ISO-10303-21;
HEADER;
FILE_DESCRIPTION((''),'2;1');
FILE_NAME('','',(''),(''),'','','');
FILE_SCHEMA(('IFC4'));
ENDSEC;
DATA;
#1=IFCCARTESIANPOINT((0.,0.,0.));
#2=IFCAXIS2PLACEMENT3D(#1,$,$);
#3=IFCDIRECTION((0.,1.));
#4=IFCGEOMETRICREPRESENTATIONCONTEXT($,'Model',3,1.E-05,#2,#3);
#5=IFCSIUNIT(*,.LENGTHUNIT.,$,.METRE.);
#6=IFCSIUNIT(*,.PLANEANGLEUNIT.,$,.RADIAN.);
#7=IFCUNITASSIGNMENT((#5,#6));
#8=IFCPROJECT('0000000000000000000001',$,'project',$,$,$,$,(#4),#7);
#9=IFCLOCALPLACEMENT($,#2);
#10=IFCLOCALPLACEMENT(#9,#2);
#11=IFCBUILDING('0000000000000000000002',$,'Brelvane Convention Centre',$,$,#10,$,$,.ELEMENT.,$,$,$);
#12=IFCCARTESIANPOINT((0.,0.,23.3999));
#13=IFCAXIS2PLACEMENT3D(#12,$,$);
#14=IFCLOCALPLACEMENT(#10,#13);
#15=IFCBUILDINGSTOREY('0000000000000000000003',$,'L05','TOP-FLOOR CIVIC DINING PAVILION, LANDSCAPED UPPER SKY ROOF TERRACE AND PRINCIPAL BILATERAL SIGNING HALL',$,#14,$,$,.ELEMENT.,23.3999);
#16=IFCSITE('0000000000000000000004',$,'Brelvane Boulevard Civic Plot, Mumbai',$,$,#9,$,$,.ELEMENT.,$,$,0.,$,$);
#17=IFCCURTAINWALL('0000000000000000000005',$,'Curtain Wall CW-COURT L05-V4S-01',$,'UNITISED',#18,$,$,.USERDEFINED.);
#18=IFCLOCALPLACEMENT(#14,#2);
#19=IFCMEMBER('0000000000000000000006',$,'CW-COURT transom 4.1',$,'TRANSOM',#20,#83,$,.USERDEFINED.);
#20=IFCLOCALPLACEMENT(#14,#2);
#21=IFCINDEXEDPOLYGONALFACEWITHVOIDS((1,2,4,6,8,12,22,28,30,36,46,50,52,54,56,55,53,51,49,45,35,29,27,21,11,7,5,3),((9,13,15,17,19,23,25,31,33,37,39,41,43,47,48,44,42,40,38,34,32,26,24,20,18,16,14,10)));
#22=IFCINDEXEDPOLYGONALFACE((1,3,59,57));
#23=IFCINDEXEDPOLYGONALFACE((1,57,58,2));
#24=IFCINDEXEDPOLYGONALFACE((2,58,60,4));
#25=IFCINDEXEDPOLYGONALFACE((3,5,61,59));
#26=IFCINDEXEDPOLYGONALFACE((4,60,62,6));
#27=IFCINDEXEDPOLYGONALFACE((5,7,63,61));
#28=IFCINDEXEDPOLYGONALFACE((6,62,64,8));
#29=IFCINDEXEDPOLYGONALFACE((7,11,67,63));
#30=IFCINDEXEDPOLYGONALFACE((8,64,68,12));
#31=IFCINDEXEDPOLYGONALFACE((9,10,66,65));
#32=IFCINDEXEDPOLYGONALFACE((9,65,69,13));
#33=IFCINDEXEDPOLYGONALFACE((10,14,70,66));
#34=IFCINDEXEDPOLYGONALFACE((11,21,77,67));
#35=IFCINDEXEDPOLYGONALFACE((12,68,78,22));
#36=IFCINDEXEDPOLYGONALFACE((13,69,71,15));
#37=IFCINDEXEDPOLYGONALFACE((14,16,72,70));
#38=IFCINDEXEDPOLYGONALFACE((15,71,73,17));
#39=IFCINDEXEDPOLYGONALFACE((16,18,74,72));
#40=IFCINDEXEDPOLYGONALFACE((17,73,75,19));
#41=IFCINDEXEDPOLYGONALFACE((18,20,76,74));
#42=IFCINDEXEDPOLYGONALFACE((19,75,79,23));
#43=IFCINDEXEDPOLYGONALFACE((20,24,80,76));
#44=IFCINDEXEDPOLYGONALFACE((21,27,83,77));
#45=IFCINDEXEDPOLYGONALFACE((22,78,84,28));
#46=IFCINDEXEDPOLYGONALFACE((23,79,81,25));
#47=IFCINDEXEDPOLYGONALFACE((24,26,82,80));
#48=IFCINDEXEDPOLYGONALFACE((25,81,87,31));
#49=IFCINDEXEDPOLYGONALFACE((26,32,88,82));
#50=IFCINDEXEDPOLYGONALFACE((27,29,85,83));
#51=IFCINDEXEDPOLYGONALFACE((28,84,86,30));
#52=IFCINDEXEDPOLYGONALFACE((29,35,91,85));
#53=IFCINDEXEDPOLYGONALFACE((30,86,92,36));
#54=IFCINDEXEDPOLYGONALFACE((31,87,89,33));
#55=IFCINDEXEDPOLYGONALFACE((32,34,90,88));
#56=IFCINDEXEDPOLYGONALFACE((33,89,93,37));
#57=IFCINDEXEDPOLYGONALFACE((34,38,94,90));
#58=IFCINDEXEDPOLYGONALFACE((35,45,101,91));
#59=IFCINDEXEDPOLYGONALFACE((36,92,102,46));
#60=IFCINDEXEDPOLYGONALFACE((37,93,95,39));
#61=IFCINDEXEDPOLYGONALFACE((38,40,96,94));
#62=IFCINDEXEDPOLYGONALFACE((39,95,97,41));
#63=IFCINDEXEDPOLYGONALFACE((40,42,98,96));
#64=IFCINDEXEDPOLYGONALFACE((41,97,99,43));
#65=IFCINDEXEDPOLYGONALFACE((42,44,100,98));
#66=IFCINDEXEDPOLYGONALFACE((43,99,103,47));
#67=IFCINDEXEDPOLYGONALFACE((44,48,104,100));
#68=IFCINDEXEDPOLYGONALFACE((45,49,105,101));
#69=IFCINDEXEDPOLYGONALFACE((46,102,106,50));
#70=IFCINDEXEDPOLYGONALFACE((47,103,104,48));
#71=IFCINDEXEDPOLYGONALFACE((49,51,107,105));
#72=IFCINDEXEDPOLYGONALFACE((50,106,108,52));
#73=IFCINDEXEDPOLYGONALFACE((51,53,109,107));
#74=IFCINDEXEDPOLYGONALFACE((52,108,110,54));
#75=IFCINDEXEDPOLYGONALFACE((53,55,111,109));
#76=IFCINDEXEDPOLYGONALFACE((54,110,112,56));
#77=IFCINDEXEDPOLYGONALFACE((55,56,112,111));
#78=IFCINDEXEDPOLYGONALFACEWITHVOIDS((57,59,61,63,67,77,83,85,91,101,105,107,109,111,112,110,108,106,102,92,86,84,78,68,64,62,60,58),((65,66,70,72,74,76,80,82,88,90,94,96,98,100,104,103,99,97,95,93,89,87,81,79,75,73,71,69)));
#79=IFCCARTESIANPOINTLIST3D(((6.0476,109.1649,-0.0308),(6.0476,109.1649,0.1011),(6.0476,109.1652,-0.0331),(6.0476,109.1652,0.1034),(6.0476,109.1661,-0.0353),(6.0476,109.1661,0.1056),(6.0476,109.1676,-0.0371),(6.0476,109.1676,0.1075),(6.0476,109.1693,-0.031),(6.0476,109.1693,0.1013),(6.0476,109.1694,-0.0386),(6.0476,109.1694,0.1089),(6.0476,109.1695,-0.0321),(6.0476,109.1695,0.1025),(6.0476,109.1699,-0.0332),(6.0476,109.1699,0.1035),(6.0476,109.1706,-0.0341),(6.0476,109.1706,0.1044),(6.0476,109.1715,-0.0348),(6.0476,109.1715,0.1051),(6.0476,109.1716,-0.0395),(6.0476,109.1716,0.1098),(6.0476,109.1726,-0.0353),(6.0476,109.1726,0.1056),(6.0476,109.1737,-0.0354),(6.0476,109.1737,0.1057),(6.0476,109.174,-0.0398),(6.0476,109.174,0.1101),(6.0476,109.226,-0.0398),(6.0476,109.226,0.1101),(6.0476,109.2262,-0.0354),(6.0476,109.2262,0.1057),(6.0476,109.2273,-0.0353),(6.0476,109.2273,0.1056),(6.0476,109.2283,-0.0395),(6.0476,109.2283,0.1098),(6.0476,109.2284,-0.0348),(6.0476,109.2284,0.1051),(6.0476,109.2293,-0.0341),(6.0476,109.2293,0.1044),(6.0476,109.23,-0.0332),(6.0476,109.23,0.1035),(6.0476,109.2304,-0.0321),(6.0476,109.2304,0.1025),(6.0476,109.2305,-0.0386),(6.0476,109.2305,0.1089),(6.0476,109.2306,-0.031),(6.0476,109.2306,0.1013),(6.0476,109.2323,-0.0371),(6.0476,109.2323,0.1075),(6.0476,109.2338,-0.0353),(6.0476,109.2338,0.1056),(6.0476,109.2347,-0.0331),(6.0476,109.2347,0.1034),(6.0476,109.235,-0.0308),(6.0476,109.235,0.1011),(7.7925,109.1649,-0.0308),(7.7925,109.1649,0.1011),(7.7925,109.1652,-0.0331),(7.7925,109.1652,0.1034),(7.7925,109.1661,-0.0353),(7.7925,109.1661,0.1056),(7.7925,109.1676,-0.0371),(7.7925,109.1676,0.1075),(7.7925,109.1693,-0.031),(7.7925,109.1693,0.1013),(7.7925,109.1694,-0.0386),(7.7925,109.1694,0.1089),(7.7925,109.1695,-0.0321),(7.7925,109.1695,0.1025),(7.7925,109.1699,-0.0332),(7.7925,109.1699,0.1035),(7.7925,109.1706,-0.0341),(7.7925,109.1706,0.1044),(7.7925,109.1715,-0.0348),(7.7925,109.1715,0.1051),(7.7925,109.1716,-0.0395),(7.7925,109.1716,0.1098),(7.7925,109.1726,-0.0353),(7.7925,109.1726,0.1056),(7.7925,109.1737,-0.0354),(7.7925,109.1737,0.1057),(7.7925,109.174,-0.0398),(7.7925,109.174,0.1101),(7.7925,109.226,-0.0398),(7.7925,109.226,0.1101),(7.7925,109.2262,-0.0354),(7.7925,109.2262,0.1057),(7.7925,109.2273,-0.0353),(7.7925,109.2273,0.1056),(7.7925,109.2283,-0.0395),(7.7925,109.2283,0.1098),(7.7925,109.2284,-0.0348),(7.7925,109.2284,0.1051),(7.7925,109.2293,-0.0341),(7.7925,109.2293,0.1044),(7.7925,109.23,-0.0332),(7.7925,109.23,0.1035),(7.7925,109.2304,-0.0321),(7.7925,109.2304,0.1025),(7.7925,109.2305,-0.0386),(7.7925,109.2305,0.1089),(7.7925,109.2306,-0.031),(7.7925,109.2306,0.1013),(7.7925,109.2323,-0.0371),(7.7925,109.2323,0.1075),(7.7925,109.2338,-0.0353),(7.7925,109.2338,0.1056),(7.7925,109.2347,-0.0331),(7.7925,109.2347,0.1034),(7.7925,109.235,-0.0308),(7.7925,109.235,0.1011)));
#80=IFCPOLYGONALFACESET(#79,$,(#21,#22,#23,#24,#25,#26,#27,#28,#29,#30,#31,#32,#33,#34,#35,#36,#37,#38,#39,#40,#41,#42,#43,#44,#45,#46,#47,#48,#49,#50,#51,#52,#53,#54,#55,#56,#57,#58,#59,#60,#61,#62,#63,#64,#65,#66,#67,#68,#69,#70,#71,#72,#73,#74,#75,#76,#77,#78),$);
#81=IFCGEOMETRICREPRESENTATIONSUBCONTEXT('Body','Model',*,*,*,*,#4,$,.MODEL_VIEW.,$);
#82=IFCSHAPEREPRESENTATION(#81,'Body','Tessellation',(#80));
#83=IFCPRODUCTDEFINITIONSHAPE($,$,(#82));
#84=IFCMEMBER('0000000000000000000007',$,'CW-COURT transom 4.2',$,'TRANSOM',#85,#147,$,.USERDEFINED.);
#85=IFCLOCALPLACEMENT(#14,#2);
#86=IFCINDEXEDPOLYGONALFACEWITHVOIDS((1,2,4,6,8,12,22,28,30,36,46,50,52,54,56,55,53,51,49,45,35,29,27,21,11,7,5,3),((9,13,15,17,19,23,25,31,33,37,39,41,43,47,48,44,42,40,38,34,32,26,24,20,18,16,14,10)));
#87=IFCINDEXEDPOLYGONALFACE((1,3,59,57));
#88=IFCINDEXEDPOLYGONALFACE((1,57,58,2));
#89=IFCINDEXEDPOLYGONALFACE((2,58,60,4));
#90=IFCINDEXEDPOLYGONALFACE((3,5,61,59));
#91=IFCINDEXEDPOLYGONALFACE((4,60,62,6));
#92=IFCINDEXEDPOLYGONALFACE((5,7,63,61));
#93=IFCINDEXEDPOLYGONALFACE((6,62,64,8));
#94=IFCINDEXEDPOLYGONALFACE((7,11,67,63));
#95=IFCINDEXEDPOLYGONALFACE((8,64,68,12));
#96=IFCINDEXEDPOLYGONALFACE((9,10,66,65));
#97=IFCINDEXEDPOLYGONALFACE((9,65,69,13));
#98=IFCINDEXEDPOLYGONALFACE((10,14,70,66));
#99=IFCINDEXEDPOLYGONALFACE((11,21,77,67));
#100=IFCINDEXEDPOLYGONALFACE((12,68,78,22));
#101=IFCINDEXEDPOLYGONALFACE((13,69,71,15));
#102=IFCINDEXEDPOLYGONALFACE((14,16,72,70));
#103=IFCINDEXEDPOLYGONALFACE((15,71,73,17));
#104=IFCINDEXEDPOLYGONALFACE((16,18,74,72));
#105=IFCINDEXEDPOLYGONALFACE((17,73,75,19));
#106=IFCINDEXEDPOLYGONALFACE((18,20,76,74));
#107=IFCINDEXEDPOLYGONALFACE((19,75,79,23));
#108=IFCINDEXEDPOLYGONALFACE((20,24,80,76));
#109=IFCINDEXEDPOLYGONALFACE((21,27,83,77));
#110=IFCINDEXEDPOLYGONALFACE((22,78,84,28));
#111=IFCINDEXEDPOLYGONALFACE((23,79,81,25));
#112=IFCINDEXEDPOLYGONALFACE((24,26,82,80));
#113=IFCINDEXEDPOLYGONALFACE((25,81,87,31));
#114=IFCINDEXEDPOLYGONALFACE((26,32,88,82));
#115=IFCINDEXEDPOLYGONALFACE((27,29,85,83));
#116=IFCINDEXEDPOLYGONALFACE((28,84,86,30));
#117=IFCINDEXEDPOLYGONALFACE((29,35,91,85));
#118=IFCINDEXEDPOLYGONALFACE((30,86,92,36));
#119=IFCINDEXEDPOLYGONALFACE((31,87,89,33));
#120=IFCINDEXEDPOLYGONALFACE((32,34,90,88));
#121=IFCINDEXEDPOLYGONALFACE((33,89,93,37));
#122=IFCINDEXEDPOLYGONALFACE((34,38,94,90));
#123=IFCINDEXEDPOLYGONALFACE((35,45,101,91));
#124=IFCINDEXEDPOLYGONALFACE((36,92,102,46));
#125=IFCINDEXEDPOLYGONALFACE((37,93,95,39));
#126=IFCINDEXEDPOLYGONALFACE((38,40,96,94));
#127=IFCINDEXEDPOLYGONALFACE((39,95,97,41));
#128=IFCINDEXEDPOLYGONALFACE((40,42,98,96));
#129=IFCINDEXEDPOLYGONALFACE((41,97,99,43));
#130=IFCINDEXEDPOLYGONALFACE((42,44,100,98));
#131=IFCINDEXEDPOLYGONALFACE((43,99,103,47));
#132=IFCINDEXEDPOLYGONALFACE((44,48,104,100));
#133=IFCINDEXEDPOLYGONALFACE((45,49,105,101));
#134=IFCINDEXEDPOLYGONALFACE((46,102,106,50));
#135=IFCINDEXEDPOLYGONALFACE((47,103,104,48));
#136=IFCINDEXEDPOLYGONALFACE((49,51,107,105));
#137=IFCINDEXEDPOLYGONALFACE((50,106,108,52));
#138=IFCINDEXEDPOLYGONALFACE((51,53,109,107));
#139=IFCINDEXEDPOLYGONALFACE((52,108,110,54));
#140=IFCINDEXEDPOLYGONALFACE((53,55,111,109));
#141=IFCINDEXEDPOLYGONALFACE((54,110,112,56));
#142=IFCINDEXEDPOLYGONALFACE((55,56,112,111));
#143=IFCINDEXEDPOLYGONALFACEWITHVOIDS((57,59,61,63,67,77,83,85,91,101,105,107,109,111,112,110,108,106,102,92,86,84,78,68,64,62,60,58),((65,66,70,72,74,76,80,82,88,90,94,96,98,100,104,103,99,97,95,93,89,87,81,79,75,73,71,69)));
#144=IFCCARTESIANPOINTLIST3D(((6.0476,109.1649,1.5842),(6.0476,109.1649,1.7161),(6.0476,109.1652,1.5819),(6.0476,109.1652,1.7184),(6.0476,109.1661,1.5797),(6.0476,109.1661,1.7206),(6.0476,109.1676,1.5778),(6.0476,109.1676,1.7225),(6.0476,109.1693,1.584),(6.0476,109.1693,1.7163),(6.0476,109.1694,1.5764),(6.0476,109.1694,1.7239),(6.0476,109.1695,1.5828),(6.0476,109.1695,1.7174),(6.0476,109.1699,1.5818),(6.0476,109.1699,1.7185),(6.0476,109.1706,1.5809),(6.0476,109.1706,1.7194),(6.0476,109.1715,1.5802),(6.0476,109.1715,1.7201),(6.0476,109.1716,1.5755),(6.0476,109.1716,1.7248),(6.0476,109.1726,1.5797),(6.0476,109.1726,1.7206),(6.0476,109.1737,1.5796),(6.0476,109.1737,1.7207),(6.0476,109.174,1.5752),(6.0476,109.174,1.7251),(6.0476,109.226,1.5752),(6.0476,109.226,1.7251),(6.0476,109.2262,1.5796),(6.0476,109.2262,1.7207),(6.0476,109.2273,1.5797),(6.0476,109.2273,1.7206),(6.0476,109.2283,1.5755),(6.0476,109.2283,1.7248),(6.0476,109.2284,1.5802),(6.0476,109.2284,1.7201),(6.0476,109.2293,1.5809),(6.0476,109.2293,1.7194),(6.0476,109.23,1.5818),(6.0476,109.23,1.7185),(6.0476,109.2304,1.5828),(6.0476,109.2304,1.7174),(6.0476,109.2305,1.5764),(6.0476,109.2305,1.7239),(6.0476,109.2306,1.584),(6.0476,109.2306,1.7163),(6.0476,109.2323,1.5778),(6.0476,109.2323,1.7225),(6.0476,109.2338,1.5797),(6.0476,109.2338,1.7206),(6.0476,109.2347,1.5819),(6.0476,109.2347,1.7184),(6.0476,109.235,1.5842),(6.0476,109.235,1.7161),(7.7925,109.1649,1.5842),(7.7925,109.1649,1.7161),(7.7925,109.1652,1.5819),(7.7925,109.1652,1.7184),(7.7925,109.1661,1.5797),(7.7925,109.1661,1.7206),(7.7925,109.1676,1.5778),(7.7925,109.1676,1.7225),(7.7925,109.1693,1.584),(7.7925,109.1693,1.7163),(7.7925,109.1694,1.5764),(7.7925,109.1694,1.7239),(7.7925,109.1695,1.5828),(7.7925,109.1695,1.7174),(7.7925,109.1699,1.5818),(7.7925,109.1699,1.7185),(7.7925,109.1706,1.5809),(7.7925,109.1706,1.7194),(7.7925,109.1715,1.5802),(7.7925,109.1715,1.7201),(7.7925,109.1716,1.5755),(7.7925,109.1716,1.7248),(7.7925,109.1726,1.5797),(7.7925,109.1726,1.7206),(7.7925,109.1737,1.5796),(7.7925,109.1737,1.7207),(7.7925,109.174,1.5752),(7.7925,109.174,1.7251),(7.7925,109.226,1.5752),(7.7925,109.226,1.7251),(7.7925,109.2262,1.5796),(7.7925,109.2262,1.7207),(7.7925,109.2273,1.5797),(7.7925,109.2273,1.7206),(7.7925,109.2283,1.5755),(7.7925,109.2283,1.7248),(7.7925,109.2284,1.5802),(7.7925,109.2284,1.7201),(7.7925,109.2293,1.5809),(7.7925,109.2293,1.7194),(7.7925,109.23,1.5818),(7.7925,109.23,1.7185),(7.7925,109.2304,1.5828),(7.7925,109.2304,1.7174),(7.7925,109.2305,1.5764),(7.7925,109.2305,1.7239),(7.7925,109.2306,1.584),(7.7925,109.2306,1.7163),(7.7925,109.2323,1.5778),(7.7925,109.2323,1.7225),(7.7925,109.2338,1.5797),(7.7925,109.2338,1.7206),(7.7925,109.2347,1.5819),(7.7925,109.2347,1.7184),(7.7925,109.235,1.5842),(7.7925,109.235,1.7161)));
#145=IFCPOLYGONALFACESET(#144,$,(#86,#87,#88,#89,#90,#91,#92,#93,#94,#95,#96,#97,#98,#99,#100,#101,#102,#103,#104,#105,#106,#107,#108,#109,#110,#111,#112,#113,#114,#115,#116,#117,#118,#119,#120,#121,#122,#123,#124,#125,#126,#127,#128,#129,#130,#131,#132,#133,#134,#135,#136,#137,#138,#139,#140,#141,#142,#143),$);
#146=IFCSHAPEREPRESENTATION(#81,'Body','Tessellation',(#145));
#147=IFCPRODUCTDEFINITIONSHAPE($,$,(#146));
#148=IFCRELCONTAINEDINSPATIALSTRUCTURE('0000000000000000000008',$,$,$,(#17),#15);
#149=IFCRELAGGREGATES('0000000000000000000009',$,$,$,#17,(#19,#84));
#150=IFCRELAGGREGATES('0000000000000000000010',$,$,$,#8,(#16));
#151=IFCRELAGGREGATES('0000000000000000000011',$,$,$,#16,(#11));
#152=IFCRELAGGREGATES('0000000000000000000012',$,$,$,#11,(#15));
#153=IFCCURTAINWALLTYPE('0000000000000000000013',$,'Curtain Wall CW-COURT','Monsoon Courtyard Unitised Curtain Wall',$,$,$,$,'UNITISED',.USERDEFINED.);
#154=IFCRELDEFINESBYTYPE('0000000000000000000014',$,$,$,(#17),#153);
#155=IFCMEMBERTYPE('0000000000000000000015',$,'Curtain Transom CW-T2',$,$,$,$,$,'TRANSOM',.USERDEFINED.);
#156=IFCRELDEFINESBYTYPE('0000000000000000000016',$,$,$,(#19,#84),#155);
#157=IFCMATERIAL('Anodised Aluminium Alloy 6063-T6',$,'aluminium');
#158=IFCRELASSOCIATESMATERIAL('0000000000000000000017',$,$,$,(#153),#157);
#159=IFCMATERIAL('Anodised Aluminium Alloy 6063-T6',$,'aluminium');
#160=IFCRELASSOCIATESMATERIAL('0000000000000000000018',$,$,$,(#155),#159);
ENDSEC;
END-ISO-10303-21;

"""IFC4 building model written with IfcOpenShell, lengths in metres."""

from ifc_helpers import new_model, si_unit, direction, frame, origin, origin_2d, place, context, subcontext, project, spatial, hollow_rectangle, extrude, material, material_profile, profile_set, type_object, element, aggregate, save


model = new_model("IFC4")

# Units and contexts
model_context = context("Model", 3, precision=1e-05, world=origin(), true_north=direction((0.0, 1.0)))
body_context = subcontext(model_context, "Body", "Model", "MODEL_VIEW")
ifc_project = project(units=[si_unit("LENGTHUNIT", "METRE"), si_unit("PLANEANGLEUNIT", "RADIAN")], contexts=[model_context])

# Site, building, storey
site_placement = place(None, origin())
site = spatial("IfcSite", under=ifc_project, at=site_placement, Name="Brelvane Boulevard Civic Plot, Mumbai", CompositionType="ELEMENT", RefElevation=0.0)
building_placement = place(site_placement, origin())
building = spatial("IfcBuilding", under=site, at=building_placement, Name="Brelvane Convention Centre", CompositionType="ELEMENT")
storey_placement = place(building_placement, frame((0.0, 0.0, 23.3999)))
storey = spatial("IfcBuildingStorey", under=building, at=storey_placement, Name="L05", Description="TOP-FLOOR CIVIC DINING PAVILION, LANDSCAPED UPPER SKY ROOF TERRACE AND PRINCIPAL BILATERAL SIGNING HALL", CompositionType="ELEMENT", Elevation=23.3999)

# Curtain wall
ifc_material_1 = material(Name="Anodised Aluminium Alloy 6063-T6", Category="aluminium")
curtain_wall_type = type_object("IfcCurtainWallType", Name="Curtain Wall CW-COURT", Description="Monsoon Courtyard Unitised Curtain Wall", ElementType="UNITISED", PredefinedType="USERDEFINED", material=ifc_material_1)
curtain_wall_1_placement = place(storey_placement, origin())
curtain_wall_1 = element("IfcCurtainWall", 1, at=curtain_wall_1_placement, inside=storey, type_object=curtain_wall_type, Name="Curtain Wall CW-COURT L05-V4S-01", ObjectType="UNITISED", PredefinedType="USERDEFINED")

# Members
ifc_material_2 = material(Name="Anodised Aluminium Alloy 6063-T6", Category="aluminium")
ifc_material_profile_1 = material_profile(ifc_material_2, hollow_rectangle(XDim=0.0701, YDim=0.1499, WallThickness=0.0044, InnerFilletRadius=0.0044, OuterFilletRadius=0.009, at=origin_2d()), Name="ALU-T 150x70x4.5")
ifc_profile_set_1 = profile_set([ifc_material_profile_1], Name="Anodised Aluminium Alloy 6063-T6")
member_type_1 = type_object("IfcMemberType", Name="Curtain Transom CW-T2", ElementType="TRANSOM", PredefinedType="USERDEFINED", material=ifc_profile_set_1)
member_1_placement = place(storey_placement, frame((6.0476, 109.2, 0.0352), z_axis=(1.0, 0.0, 0.0), x_axis=(0.0, 1.0, 0.0)))
member_1 = element("IfcMember", 2, at=member_1_placement, type_object=member_type_1, Name="CW-COURT transom 4.1", ObjectType="TRANSOM", PredefinedType="USERDEFINED", context=body_context, shape_type="SweptSolid", body=[
    extrude(hollow_rectangle(XDim=0.0701, YDim=0.1499, WallThickness=0.0044, InnerFilletRadius=0.0044, OuterFilletRadius=0.009, at=origin_2d()), origin(), (0.0, 0.0, 1.0), 1.7449),
])
member_2_placement = place(storey_placement, frame((6.0476, 109.2, 1.6501), z_axis=(1.0, 0.0, 0.0), x_axis=(0.0, 1.0, 0.0)))
member_2 = element("IfcMember", 3, at=member_2_placement, type_object=member_type_1, Name="CW-COURT transom 4.2", ObjectType="TRANSOM", PredefinedType="USERDEFINED", context=body_context, shape_type="SweptSolid", body=[
    extrude(hollow_rectangle(XDim=0.0701, YDim=0.1499, WallThickness=0.0044, InnerFilletRadius=0.0044, OuterFilletRadius=0.009, at=origin_2d()), origin(), (0.0, 0.0, 1.0), 1.7449),
])

aggregate(curtain_wall_1, [member_1, member_2])

save(model, "model.ifc")
